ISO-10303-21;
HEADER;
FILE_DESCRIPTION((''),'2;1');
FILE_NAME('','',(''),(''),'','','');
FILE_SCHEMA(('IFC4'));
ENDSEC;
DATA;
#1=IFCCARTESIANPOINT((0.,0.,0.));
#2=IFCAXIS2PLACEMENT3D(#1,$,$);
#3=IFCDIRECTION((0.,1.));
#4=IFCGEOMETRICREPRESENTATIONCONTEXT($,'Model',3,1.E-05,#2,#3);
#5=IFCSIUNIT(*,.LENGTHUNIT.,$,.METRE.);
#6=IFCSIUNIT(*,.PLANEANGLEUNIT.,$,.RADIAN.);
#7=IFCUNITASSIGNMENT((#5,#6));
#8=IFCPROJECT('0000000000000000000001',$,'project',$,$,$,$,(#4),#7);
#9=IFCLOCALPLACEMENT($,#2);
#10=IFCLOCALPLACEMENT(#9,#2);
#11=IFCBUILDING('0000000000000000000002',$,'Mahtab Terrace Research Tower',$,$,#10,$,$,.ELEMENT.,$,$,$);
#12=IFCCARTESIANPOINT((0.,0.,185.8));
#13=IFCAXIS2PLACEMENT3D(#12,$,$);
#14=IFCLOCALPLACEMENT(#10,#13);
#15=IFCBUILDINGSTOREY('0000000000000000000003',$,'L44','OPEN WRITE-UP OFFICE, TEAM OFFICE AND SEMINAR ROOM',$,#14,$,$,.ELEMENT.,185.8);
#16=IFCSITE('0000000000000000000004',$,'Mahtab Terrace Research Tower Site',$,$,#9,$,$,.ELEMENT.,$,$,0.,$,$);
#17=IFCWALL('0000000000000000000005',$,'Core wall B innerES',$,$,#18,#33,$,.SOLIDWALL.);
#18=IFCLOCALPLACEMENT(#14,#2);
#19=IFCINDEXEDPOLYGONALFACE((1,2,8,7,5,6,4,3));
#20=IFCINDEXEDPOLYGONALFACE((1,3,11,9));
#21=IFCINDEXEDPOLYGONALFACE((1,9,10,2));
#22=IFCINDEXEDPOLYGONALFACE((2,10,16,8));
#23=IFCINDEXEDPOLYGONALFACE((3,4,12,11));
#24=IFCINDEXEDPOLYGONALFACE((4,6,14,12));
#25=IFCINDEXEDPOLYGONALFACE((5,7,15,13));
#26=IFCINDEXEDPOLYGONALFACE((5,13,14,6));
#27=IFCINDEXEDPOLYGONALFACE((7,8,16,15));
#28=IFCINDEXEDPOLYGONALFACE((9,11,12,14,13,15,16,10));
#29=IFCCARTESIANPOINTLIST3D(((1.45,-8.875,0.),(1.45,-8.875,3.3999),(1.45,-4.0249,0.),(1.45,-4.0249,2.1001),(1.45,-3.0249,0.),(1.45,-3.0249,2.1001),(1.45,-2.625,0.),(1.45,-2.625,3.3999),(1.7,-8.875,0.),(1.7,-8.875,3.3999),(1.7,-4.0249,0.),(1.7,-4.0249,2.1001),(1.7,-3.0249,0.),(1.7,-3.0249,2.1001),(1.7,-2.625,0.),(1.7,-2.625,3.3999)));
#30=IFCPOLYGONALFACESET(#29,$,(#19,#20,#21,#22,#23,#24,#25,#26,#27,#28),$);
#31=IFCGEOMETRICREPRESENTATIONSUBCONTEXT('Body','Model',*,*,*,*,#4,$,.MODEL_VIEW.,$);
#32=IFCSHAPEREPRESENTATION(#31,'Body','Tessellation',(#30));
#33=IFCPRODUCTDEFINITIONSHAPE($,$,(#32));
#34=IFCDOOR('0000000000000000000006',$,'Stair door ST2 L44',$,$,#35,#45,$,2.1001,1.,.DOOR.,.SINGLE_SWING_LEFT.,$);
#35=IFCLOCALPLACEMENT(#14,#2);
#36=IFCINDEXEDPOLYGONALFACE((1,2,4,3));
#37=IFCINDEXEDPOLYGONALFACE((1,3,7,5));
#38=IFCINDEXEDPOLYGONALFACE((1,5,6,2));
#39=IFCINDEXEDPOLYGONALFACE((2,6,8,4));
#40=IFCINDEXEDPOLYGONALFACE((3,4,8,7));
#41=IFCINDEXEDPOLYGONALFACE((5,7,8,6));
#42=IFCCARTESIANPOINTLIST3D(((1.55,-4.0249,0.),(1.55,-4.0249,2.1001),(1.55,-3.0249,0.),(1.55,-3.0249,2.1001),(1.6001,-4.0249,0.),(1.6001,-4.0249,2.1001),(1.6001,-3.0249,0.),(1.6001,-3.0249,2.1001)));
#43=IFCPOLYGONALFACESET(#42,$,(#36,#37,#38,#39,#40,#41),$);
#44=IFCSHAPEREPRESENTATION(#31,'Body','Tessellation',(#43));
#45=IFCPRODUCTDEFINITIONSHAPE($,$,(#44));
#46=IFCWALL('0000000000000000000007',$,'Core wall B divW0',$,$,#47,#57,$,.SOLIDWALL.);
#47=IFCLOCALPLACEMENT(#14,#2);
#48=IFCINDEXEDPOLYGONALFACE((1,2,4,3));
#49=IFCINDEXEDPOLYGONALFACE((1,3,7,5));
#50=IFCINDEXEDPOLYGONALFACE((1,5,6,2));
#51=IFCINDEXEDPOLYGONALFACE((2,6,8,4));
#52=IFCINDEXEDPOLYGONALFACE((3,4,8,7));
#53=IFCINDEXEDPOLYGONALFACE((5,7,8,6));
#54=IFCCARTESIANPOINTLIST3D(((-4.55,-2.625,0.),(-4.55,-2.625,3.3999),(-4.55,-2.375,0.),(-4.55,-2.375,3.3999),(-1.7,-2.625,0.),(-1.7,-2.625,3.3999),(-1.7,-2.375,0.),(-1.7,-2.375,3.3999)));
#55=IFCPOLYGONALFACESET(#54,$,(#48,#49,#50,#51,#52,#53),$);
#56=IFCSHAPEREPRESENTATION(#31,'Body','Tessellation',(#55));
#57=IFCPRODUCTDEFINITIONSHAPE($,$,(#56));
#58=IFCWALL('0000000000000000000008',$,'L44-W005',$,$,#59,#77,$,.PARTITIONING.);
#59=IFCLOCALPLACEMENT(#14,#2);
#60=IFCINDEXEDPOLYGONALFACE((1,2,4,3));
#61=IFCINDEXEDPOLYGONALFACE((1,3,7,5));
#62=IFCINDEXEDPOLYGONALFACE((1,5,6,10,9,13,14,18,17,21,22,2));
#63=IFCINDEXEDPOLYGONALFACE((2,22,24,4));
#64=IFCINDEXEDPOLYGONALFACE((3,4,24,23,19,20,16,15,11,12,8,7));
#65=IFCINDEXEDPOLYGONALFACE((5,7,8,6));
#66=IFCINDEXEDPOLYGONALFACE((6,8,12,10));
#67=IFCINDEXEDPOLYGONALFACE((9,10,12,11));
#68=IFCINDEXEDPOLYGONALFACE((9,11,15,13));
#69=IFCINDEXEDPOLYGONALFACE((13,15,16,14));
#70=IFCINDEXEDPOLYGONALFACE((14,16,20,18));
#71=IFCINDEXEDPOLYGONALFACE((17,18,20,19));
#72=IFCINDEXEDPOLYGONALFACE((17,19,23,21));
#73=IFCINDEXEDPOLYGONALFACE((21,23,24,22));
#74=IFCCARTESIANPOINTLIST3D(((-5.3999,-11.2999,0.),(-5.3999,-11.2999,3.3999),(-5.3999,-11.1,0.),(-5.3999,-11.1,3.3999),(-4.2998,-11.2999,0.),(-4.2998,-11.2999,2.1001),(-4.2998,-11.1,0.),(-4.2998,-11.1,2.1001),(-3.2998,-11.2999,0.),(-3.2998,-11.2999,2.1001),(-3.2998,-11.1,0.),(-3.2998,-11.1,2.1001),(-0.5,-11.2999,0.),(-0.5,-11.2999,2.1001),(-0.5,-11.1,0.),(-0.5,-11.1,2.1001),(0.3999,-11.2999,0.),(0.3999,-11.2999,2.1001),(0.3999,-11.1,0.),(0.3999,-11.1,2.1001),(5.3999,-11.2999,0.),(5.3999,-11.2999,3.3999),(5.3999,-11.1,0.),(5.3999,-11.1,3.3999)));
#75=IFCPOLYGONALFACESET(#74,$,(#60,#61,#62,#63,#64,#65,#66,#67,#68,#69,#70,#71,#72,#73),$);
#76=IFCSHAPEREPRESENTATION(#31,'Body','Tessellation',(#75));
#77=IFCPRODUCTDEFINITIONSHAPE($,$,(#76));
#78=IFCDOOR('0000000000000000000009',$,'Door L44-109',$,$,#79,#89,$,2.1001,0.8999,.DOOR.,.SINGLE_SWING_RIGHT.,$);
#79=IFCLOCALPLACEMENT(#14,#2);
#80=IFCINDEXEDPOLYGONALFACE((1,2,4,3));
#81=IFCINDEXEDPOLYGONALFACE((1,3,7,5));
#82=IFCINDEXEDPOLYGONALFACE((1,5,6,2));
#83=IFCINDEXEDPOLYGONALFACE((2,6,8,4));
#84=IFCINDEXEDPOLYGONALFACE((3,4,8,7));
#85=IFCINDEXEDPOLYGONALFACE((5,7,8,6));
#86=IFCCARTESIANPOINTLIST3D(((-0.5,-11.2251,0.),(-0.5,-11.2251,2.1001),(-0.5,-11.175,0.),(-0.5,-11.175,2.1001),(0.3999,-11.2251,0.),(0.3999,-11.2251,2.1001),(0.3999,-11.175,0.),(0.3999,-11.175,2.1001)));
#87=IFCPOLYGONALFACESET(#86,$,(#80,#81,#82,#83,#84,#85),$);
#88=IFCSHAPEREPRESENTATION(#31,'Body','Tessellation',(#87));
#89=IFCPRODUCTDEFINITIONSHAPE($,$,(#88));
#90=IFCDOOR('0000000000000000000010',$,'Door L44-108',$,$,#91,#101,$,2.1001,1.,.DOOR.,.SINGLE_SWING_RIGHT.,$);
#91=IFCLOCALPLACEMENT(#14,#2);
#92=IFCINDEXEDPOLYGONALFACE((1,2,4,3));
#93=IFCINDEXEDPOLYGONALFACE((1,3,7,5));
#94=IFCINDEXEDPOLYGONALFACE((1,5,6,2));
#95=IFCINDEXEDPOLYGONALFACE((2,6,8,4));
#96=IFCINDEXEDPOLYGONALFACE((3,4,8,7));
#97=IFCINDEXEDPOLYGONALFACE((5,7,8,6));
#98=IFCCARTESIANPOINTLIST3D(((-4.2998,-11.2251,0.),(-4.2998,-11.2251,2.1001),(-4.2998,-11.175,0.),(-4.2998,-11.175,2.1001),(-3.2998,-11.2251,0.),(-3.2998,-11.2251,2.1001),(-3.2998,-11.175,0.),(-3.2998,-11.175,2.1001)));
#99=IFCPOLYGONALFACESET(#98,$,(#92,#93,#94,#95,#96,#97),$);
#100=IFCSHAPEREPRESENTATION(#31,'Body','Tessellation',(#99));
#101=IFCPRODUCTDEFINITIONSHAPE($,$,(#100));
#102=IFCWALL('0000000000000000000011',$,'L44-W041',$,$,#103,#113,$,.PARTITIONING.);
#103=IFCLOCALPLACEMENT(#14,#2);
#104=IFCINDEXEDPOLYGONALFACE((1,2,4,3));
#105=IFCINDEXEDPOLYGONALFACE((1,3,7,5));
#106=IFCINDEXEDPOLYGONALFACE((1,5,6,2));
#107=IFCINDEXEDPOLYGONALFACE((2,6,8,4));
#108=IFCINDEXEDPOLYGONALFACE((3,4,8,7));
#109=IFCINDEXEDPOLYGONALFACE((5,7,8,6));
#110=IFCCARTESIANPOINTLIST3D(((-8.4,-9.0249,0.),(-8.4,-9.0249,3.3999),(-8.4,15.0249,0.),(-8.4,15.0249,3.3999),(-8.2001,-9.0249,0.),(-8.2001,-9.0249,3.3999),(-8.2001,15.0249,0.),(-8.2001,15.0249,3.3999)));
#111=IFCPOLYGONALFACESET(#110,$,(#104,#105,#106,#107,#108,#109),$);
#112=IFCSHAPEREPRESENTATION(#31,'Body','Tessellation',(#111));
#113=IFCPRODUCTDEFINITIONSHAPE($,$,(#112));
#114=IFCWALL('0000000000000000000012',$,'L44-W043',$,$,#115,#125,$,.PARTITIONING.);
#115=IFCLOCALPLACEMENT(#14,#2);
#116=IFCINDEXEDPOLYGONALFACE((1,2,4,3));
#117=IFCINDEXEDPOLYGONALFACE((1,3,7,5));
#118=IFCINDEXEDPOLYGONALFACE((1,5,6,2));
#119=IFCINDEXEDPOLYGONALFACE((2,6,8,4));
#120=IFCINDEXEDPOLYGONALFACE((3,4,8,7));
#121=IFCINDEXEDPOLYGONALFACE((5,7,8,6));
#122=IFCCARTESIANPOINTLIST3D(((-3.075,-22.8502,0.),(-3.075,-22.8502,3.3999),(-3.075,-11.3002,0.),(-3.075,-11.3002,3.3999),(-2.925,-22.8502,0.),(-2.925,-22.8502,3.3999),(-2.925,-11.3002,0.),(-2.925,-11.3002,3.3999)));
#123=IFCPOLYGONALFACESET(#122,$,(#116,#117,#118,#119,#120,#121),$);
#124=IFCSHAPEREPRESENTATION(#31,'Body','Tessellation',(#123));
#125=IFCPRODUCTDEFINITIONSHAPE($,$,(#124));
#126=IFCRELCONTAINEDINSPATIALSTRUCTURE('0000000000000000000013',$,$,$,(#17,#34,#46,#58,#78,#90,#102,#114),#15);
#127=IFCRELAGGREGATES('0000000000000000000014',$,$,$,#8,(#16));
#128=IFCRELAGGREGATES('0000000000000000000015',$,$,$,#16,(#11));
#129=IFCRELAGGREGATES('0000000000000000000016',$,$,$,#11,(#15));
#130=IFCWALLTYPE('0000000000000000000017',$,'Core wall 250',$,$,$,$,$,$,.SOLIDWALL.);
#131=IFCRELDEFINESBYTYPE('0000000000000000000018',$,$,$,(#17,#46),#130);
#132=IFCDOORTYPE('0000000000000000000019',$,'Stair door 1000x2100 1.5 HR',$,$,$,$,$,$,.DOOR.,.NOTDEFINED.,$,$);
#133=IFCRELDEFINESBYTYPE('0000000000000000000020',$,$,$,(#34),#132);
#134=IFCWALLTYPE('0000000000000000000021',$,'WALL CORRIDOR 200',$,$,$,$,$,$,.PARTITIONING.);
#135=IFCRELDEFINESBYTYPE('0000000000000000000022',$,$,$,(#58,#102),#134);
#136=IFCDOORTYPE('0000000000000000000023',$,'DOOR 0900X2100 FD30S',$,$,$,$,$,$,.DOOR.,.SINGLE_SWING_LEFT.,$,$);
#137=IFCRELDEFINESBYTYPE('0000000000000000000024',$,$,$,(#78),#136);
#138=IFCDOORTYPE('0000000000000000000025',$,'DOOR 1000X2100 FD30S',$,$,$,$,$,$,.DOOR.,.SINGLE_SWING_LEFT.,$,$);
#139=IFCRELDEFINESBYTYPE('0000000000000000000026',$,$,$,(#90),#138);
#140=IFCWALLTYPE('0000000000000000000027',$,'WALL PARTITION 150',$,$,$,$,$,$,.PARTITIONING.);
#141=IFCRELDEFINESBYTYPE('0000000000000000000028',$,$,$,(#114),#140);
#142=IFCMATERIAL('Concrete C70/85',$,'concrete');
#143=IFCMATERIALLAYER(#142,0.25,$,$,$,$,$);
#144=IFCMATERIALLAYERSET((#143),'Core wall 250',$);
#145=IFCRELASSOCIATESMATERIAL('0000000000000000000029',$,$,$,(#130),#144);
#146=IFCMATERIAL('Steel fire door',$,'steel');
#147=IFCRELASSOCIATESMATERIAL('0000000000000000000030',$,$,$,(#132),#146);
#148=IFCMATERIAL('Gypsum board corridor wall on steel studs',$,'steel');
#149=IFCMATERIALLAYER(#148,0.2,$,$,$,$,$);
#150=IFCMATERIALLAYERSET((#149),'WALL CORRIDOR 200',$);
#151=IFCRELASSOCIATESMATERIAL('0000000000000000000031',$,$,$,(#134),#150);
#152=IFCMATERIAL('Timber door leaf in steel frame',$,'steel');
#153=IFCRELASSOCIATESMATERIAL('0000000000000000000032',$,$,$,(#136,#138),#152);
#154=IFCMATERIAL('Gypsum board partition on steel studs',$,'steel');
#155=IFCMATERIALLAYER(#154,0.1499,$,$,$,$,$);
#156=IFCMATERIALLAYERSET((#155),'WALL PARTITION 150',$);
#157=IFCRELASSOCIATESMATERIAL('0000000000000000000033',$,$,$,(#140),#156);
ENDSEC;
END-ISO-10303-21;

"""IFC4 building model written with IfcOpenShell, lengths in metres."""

from ifc_helpers import new_model, si_unit, direction, frame, frame_2d, origin, place, context, subcontext, project, spatial, rectangle, extrude, material, layer, layer_set, type_object, element, fill, save


model = new_model("IFC4")

# Units and contexts
model_context = context("Model", 3, precision=1e-05, world=origin(), true_north=direction((0.0, 1.0)))
body_context = subcontext(model_context, "Body", "Model", "MODEL_VIEW")
ifc_project = project(units=[si_unit("LENGTHUNIT", "METRE"), si_unit("PLANEANGLEUNIT", "RADIAN")], contexts=[model_context])

# Site, building, storey
site_placement = place(None, origin())
site = spatial("IfcSite", under=ifc_project, at=site_placement, Name="Mahtab Terrace Research Tower Site", CompositionType="ELEMENT", RefElevation=0.0)
building_placement = place(site_placement, origin())
building = spatial("IfcBuilding", under=site, at=building_placement, Name="Mahtab Terrace Research Tower", CompositionType="ELEMENT")
storey_placement = place(building_placement, frame((0.0, 0.0, 185.8)))
storey = spatial("IfcBuildingStorey", under=building, at=storey_placement, Name="L44", Description="OPEN WRITE-UP OFFICE, TEAM OFFICE AND SEMINAR ROOM", CompositionType="ELEMENT", Elevation=185.8)

# Shared definitions
ifc_material_1 = material(Name="Concrete C70/85", Category="concrete")

# Shared definitions
ifc_layer_1 = layer(ifc_material_1, 0.25)
ifc_layer_set_1 = layer_set([ifc_layer_1], Name="Core wall 250")
wall_type_1 = type_object("IfcWallType", Name="Core wall 250", PredefinedType="SOLIDWALL", material=ifc_layer_set_1)
ifc_material_2 = material(Name="Steel fire door", Category="steel")

# Wall, opening, door
wall_1_placement = place(storey_placement, frame((1.575, -8.875, 0.0), z_axis=(0.0, 0.0, 1.0), x_axis=(0.0, 1.0, 0.0)))
wall_1 = element("IfcWall", 1, at=wall_1_placement, inside=storey, type_object=wall_type_1, Name="Core wall B innerES", PredefinedType="SOLIDWALL", context=body_context, shape_type="SweptSolid", body=[
    extrude(rectangle(XDim=6.25, YDim=0.25, at=frame_2d((3.125, 0.0))), origin(), (0.0, 0.0, 1.0), 3.3999),
])
opening_1_placement = place(wall_1_placement, frame((4.8501, 0.0, 0.0)))
opening_1 = element("IfcOpeningElement", 2, at=opening_1_placement, cuts=wall_1, PredefinedType="OPENING", context=body_context, shape_type="SweptSolid", body=[
    extrude(rectangle(XDim=1.0, YDim=2.1001, at=frame_2d((0.5, 1.05))), frame((0.0, 0.135, 0.0), z_axis=(0.0, -1.0, 0.0), x_axis=(1.0, 0.0, 0.0)), (0.0, 0.0, 1.0), 0.27),
])
door_type_1 = type_object("IfcDoorType", Name="Stair door 1000x2100 1.5 HR", OperationType="NOTDEFINED", PredefinedType="DOOR", material=ifc_material_2)
door_1_placement = place(opening_1_placement, origin())
door_1 = element("IfcDoor", 3, at=door_1_placement, inside=storey, type_object=door_type_1, Name="Stair door ST2 L44", OperationType="SINGLE_SWING_LEFT", OverallHeight=2.1001, OverallWidth=1.0, PredefinedType="DOOR", context=body_context, shape_type="SweptSolid", body=[
    extrude(rectangle(XDim=1.0, YDim=2.1001, at=frame_2d((0.5, 1.05))), frame((0.0, 0.0249, 0.0), z_axis=(0.0, -1.0, 0.0), x_axis=(1.0, 0.0, 0.0)), (0.0, 0.0, 1.0), 0.05),
])
fill(opening_1, door_1)

# Wall
wall_2_placement = place(storey_placement, frame((-4.55, -2.5, 0.0), z_axis=(0.0, 0.0, 1.0), x_axis=(1.0, 0.0, 0.0)))
element("IfcWall", 4, at=wall_2_placement, inside=storey, type_object=wall_type_1, Name="Core wall B divW0", PredefinedType="SOLIDWALL", context=body_context, shape_type="SweptSolid", body=[
    extrude(rectangle(XDim=2.8501, YDim=0.25, at=frame_2d((1.425, 0.0))), origin(), (0.0, 0.0, 1.0), 3.3999),
])

# Wall, openings, doors
ifc_material_3 = material(Name="Gypsum board corridor wall on steel studs", Category="steel")
ifc_layer_2 = layer(ifc_material_3, 0.2)
ifc_layer_set_2 = layer_set([ifc_layer_2], Name="WALL CORRIDOR 200")
wall_type_2 = type_object("IfcWallType", Name="WALL CORRIDOR 200", PredefinedType="PARTITIONING", material=ifc_layer_set_2)
wall_3_placement = place(storey_placement, frame((-5.3999, -11.2, 0.0), z_axis=(0.0, 0.0, 1.0), x_axis=(1.0, 0.0, 0.0)))
wall_3 = element("IfcWall", 5, at=wall_3_placement, inside=storey, type_object=wall_type_2, Name="L44-W005", PredefinedType="PARTITIONING", context=body_context, shape_type="SweptSolid", body=[
    extrude(rectangle(XDim=10.7998, YDim=0.2, at=frame_2d((5.3999, 0.0))), origin(), (0.0, 0.0, 1.0), 3.3999),
])
opening_2_placement = place(wall_3_placement, frame((1.1001, 0.0, 0.0)))
opening_2 = element("IfcOpeningElement", 6, at=opening_2_placement, cuts=wall_3, PredefinedType="OPENING", context=body_context, shape_type="SweptSolid", body=[
    extrude(rectangle(XDim=1.0, YDim=2.1001, at=frame_2d((0.5, 1.05))), frame((0.0, 0.1099, 0.0), z_axis=(0.0, -1.0, 0.0), x_axis=(1.0, 0.0, 0.0)), (0.0, 0.0, 1.0), 0.22),
])
opening_3_placement = place(wall_3_placement, frame((4.8999, 0.0, 0.0)))
opening_3 = element("IfcOpeningElement", 7, at=opening_3_placement, cuts=wall_3, PredefinedType="OPENING", context=body_context, shape_type="SweptSolid", body=[
    extrude(rectangle(XDim=0.8999, YDim=2.1001, at=frame_2d((0.45, 1.05))), frame((0.0, 0.1099, 0.0), z_axis=(0.0, -1.0, 0.0), x_axis=(1.0, 0.0, 0.0)), (0.0, 0.0, 1.0), 0.22),
])
ifc_material_4 = material(Name="Timber door leaf in steel frame", Category="steel")
door_type_2 = type_object("IfcDoorType", Name="DOOR 0900X2100 FD30S", OperationType="SINGLE_SWING_LEFT", PredefinedType="DOOR", material=ifc_material_4)
door_2_placement = place(opening_3_placement, origin())
door_2 = element("IfcDoor", 8, at=door_2_placement, inside=storey, type_object=door_type_2, Name="Door L44-109", OperationType="SINGLE_SWING_RIGHT", OverallHeight=2.1001, OverallWidth=0.8999, PredefinedType="DOOR", context=body_context, shape_type="SweptSolid", body=[
    extrude(rectangle(XDim=0.8999, YDim=2.1001, at=frame_2d((0.45, 1.05))), frame((0.0, 0.0249, 0.0), z_axis=(0.0, -1.0, 0.0), x_axis=(1.0, 0.0, 0.0)), (0.0, 0.0, 1.0), 0.05),
])
fill(opening_3, door_2)
door_type_3 = type_object("IfcDoorType", Name="DOOR 1000X2100 FD30S", OperationType="SINGLE_SWING_LEFT", PredefinedType="DOOR", material=ifc_material_4)
door_3_placement = place(opening_2_placement, origin())
door_3 = element("IfcDoor", 9, at=door_3_placement, inside=storey, type_object=door_type_3, Name="Door L44-108", OperationType="SINGLE_SWING_RIGHT", OverallHeight=2.1001, OverallWidth=1.0, PredefinedType="DOOR", context=body_context, shape_type="SweptSolid", body=[
    extrude(rectangle(XDim=1.0, YDim=2.1001, at=frame_2d((0.5, 1.05))), frame((0.0, 0.0249, 0.0), z_axis=(0.0, -1.0, 0.0), x_axis=(1.0, 0.0, 0.0)), (0.0, 0.0, 1.0), 0.05),
])
fill(opening_2, door_3)

# Walls
wall_4_placement = place(storey_placement, frame((-8.3, -9.0249, 0.0), z_axis=(0.0, 0.0, 1.0), x_axis=(0.0, 1.0, 0.0)))
element("IfcWall", 10, at=wall_4_placement, inside=storey, type_object=wall_type_2, Name="L44-W041", PredefinedType="PARTITIONING", context=body_context, shape_type="SweptSolid", body=[
    extrude(rectangle(XDim=24.0498, YDim=0.2, at=frame_2d((12.0249, 0.0))), origin(), (0.0, 0.0, 1.0), 3.3999),
])
ifc_material_5 = material(Name="Gypsum board partition on steel studs", Category="steel")
ifc_layer_3 = layer(ifc_material_5, 0.1499)
ifc_layer_set_3 = layer_set([ifc_layer_3], Name="WALL PARTITION 150")
wall_type_3 = type_object("IfcWallType", Name="WALL PARTITION 150", PredefinedType="PARTITIONING", material=ifc_layer_set_3)
wall_5_placement = place(storey_placement, frame((-3.0, -22.8501, 0.0), z_axis=(0.0, 0.0, 1.0), x_axis=(0.0, 1.0, 0.0)))
element("IfcWall", 11, at=wall_5_placement, inside=storey, type_object=wall_type_3, Name="L44-W043", PredefinedType="PARTITIONING", context=body_context, shape_type="SweptSolid", body=[
    extrude(rectangle(XDim=11.55, YDim=0.1499, at=frame_2d((5.7749, 0.0))), origin(), (0.0, 0.0, 1.0), 3.3999),
])

save(model, "model.ifc")
